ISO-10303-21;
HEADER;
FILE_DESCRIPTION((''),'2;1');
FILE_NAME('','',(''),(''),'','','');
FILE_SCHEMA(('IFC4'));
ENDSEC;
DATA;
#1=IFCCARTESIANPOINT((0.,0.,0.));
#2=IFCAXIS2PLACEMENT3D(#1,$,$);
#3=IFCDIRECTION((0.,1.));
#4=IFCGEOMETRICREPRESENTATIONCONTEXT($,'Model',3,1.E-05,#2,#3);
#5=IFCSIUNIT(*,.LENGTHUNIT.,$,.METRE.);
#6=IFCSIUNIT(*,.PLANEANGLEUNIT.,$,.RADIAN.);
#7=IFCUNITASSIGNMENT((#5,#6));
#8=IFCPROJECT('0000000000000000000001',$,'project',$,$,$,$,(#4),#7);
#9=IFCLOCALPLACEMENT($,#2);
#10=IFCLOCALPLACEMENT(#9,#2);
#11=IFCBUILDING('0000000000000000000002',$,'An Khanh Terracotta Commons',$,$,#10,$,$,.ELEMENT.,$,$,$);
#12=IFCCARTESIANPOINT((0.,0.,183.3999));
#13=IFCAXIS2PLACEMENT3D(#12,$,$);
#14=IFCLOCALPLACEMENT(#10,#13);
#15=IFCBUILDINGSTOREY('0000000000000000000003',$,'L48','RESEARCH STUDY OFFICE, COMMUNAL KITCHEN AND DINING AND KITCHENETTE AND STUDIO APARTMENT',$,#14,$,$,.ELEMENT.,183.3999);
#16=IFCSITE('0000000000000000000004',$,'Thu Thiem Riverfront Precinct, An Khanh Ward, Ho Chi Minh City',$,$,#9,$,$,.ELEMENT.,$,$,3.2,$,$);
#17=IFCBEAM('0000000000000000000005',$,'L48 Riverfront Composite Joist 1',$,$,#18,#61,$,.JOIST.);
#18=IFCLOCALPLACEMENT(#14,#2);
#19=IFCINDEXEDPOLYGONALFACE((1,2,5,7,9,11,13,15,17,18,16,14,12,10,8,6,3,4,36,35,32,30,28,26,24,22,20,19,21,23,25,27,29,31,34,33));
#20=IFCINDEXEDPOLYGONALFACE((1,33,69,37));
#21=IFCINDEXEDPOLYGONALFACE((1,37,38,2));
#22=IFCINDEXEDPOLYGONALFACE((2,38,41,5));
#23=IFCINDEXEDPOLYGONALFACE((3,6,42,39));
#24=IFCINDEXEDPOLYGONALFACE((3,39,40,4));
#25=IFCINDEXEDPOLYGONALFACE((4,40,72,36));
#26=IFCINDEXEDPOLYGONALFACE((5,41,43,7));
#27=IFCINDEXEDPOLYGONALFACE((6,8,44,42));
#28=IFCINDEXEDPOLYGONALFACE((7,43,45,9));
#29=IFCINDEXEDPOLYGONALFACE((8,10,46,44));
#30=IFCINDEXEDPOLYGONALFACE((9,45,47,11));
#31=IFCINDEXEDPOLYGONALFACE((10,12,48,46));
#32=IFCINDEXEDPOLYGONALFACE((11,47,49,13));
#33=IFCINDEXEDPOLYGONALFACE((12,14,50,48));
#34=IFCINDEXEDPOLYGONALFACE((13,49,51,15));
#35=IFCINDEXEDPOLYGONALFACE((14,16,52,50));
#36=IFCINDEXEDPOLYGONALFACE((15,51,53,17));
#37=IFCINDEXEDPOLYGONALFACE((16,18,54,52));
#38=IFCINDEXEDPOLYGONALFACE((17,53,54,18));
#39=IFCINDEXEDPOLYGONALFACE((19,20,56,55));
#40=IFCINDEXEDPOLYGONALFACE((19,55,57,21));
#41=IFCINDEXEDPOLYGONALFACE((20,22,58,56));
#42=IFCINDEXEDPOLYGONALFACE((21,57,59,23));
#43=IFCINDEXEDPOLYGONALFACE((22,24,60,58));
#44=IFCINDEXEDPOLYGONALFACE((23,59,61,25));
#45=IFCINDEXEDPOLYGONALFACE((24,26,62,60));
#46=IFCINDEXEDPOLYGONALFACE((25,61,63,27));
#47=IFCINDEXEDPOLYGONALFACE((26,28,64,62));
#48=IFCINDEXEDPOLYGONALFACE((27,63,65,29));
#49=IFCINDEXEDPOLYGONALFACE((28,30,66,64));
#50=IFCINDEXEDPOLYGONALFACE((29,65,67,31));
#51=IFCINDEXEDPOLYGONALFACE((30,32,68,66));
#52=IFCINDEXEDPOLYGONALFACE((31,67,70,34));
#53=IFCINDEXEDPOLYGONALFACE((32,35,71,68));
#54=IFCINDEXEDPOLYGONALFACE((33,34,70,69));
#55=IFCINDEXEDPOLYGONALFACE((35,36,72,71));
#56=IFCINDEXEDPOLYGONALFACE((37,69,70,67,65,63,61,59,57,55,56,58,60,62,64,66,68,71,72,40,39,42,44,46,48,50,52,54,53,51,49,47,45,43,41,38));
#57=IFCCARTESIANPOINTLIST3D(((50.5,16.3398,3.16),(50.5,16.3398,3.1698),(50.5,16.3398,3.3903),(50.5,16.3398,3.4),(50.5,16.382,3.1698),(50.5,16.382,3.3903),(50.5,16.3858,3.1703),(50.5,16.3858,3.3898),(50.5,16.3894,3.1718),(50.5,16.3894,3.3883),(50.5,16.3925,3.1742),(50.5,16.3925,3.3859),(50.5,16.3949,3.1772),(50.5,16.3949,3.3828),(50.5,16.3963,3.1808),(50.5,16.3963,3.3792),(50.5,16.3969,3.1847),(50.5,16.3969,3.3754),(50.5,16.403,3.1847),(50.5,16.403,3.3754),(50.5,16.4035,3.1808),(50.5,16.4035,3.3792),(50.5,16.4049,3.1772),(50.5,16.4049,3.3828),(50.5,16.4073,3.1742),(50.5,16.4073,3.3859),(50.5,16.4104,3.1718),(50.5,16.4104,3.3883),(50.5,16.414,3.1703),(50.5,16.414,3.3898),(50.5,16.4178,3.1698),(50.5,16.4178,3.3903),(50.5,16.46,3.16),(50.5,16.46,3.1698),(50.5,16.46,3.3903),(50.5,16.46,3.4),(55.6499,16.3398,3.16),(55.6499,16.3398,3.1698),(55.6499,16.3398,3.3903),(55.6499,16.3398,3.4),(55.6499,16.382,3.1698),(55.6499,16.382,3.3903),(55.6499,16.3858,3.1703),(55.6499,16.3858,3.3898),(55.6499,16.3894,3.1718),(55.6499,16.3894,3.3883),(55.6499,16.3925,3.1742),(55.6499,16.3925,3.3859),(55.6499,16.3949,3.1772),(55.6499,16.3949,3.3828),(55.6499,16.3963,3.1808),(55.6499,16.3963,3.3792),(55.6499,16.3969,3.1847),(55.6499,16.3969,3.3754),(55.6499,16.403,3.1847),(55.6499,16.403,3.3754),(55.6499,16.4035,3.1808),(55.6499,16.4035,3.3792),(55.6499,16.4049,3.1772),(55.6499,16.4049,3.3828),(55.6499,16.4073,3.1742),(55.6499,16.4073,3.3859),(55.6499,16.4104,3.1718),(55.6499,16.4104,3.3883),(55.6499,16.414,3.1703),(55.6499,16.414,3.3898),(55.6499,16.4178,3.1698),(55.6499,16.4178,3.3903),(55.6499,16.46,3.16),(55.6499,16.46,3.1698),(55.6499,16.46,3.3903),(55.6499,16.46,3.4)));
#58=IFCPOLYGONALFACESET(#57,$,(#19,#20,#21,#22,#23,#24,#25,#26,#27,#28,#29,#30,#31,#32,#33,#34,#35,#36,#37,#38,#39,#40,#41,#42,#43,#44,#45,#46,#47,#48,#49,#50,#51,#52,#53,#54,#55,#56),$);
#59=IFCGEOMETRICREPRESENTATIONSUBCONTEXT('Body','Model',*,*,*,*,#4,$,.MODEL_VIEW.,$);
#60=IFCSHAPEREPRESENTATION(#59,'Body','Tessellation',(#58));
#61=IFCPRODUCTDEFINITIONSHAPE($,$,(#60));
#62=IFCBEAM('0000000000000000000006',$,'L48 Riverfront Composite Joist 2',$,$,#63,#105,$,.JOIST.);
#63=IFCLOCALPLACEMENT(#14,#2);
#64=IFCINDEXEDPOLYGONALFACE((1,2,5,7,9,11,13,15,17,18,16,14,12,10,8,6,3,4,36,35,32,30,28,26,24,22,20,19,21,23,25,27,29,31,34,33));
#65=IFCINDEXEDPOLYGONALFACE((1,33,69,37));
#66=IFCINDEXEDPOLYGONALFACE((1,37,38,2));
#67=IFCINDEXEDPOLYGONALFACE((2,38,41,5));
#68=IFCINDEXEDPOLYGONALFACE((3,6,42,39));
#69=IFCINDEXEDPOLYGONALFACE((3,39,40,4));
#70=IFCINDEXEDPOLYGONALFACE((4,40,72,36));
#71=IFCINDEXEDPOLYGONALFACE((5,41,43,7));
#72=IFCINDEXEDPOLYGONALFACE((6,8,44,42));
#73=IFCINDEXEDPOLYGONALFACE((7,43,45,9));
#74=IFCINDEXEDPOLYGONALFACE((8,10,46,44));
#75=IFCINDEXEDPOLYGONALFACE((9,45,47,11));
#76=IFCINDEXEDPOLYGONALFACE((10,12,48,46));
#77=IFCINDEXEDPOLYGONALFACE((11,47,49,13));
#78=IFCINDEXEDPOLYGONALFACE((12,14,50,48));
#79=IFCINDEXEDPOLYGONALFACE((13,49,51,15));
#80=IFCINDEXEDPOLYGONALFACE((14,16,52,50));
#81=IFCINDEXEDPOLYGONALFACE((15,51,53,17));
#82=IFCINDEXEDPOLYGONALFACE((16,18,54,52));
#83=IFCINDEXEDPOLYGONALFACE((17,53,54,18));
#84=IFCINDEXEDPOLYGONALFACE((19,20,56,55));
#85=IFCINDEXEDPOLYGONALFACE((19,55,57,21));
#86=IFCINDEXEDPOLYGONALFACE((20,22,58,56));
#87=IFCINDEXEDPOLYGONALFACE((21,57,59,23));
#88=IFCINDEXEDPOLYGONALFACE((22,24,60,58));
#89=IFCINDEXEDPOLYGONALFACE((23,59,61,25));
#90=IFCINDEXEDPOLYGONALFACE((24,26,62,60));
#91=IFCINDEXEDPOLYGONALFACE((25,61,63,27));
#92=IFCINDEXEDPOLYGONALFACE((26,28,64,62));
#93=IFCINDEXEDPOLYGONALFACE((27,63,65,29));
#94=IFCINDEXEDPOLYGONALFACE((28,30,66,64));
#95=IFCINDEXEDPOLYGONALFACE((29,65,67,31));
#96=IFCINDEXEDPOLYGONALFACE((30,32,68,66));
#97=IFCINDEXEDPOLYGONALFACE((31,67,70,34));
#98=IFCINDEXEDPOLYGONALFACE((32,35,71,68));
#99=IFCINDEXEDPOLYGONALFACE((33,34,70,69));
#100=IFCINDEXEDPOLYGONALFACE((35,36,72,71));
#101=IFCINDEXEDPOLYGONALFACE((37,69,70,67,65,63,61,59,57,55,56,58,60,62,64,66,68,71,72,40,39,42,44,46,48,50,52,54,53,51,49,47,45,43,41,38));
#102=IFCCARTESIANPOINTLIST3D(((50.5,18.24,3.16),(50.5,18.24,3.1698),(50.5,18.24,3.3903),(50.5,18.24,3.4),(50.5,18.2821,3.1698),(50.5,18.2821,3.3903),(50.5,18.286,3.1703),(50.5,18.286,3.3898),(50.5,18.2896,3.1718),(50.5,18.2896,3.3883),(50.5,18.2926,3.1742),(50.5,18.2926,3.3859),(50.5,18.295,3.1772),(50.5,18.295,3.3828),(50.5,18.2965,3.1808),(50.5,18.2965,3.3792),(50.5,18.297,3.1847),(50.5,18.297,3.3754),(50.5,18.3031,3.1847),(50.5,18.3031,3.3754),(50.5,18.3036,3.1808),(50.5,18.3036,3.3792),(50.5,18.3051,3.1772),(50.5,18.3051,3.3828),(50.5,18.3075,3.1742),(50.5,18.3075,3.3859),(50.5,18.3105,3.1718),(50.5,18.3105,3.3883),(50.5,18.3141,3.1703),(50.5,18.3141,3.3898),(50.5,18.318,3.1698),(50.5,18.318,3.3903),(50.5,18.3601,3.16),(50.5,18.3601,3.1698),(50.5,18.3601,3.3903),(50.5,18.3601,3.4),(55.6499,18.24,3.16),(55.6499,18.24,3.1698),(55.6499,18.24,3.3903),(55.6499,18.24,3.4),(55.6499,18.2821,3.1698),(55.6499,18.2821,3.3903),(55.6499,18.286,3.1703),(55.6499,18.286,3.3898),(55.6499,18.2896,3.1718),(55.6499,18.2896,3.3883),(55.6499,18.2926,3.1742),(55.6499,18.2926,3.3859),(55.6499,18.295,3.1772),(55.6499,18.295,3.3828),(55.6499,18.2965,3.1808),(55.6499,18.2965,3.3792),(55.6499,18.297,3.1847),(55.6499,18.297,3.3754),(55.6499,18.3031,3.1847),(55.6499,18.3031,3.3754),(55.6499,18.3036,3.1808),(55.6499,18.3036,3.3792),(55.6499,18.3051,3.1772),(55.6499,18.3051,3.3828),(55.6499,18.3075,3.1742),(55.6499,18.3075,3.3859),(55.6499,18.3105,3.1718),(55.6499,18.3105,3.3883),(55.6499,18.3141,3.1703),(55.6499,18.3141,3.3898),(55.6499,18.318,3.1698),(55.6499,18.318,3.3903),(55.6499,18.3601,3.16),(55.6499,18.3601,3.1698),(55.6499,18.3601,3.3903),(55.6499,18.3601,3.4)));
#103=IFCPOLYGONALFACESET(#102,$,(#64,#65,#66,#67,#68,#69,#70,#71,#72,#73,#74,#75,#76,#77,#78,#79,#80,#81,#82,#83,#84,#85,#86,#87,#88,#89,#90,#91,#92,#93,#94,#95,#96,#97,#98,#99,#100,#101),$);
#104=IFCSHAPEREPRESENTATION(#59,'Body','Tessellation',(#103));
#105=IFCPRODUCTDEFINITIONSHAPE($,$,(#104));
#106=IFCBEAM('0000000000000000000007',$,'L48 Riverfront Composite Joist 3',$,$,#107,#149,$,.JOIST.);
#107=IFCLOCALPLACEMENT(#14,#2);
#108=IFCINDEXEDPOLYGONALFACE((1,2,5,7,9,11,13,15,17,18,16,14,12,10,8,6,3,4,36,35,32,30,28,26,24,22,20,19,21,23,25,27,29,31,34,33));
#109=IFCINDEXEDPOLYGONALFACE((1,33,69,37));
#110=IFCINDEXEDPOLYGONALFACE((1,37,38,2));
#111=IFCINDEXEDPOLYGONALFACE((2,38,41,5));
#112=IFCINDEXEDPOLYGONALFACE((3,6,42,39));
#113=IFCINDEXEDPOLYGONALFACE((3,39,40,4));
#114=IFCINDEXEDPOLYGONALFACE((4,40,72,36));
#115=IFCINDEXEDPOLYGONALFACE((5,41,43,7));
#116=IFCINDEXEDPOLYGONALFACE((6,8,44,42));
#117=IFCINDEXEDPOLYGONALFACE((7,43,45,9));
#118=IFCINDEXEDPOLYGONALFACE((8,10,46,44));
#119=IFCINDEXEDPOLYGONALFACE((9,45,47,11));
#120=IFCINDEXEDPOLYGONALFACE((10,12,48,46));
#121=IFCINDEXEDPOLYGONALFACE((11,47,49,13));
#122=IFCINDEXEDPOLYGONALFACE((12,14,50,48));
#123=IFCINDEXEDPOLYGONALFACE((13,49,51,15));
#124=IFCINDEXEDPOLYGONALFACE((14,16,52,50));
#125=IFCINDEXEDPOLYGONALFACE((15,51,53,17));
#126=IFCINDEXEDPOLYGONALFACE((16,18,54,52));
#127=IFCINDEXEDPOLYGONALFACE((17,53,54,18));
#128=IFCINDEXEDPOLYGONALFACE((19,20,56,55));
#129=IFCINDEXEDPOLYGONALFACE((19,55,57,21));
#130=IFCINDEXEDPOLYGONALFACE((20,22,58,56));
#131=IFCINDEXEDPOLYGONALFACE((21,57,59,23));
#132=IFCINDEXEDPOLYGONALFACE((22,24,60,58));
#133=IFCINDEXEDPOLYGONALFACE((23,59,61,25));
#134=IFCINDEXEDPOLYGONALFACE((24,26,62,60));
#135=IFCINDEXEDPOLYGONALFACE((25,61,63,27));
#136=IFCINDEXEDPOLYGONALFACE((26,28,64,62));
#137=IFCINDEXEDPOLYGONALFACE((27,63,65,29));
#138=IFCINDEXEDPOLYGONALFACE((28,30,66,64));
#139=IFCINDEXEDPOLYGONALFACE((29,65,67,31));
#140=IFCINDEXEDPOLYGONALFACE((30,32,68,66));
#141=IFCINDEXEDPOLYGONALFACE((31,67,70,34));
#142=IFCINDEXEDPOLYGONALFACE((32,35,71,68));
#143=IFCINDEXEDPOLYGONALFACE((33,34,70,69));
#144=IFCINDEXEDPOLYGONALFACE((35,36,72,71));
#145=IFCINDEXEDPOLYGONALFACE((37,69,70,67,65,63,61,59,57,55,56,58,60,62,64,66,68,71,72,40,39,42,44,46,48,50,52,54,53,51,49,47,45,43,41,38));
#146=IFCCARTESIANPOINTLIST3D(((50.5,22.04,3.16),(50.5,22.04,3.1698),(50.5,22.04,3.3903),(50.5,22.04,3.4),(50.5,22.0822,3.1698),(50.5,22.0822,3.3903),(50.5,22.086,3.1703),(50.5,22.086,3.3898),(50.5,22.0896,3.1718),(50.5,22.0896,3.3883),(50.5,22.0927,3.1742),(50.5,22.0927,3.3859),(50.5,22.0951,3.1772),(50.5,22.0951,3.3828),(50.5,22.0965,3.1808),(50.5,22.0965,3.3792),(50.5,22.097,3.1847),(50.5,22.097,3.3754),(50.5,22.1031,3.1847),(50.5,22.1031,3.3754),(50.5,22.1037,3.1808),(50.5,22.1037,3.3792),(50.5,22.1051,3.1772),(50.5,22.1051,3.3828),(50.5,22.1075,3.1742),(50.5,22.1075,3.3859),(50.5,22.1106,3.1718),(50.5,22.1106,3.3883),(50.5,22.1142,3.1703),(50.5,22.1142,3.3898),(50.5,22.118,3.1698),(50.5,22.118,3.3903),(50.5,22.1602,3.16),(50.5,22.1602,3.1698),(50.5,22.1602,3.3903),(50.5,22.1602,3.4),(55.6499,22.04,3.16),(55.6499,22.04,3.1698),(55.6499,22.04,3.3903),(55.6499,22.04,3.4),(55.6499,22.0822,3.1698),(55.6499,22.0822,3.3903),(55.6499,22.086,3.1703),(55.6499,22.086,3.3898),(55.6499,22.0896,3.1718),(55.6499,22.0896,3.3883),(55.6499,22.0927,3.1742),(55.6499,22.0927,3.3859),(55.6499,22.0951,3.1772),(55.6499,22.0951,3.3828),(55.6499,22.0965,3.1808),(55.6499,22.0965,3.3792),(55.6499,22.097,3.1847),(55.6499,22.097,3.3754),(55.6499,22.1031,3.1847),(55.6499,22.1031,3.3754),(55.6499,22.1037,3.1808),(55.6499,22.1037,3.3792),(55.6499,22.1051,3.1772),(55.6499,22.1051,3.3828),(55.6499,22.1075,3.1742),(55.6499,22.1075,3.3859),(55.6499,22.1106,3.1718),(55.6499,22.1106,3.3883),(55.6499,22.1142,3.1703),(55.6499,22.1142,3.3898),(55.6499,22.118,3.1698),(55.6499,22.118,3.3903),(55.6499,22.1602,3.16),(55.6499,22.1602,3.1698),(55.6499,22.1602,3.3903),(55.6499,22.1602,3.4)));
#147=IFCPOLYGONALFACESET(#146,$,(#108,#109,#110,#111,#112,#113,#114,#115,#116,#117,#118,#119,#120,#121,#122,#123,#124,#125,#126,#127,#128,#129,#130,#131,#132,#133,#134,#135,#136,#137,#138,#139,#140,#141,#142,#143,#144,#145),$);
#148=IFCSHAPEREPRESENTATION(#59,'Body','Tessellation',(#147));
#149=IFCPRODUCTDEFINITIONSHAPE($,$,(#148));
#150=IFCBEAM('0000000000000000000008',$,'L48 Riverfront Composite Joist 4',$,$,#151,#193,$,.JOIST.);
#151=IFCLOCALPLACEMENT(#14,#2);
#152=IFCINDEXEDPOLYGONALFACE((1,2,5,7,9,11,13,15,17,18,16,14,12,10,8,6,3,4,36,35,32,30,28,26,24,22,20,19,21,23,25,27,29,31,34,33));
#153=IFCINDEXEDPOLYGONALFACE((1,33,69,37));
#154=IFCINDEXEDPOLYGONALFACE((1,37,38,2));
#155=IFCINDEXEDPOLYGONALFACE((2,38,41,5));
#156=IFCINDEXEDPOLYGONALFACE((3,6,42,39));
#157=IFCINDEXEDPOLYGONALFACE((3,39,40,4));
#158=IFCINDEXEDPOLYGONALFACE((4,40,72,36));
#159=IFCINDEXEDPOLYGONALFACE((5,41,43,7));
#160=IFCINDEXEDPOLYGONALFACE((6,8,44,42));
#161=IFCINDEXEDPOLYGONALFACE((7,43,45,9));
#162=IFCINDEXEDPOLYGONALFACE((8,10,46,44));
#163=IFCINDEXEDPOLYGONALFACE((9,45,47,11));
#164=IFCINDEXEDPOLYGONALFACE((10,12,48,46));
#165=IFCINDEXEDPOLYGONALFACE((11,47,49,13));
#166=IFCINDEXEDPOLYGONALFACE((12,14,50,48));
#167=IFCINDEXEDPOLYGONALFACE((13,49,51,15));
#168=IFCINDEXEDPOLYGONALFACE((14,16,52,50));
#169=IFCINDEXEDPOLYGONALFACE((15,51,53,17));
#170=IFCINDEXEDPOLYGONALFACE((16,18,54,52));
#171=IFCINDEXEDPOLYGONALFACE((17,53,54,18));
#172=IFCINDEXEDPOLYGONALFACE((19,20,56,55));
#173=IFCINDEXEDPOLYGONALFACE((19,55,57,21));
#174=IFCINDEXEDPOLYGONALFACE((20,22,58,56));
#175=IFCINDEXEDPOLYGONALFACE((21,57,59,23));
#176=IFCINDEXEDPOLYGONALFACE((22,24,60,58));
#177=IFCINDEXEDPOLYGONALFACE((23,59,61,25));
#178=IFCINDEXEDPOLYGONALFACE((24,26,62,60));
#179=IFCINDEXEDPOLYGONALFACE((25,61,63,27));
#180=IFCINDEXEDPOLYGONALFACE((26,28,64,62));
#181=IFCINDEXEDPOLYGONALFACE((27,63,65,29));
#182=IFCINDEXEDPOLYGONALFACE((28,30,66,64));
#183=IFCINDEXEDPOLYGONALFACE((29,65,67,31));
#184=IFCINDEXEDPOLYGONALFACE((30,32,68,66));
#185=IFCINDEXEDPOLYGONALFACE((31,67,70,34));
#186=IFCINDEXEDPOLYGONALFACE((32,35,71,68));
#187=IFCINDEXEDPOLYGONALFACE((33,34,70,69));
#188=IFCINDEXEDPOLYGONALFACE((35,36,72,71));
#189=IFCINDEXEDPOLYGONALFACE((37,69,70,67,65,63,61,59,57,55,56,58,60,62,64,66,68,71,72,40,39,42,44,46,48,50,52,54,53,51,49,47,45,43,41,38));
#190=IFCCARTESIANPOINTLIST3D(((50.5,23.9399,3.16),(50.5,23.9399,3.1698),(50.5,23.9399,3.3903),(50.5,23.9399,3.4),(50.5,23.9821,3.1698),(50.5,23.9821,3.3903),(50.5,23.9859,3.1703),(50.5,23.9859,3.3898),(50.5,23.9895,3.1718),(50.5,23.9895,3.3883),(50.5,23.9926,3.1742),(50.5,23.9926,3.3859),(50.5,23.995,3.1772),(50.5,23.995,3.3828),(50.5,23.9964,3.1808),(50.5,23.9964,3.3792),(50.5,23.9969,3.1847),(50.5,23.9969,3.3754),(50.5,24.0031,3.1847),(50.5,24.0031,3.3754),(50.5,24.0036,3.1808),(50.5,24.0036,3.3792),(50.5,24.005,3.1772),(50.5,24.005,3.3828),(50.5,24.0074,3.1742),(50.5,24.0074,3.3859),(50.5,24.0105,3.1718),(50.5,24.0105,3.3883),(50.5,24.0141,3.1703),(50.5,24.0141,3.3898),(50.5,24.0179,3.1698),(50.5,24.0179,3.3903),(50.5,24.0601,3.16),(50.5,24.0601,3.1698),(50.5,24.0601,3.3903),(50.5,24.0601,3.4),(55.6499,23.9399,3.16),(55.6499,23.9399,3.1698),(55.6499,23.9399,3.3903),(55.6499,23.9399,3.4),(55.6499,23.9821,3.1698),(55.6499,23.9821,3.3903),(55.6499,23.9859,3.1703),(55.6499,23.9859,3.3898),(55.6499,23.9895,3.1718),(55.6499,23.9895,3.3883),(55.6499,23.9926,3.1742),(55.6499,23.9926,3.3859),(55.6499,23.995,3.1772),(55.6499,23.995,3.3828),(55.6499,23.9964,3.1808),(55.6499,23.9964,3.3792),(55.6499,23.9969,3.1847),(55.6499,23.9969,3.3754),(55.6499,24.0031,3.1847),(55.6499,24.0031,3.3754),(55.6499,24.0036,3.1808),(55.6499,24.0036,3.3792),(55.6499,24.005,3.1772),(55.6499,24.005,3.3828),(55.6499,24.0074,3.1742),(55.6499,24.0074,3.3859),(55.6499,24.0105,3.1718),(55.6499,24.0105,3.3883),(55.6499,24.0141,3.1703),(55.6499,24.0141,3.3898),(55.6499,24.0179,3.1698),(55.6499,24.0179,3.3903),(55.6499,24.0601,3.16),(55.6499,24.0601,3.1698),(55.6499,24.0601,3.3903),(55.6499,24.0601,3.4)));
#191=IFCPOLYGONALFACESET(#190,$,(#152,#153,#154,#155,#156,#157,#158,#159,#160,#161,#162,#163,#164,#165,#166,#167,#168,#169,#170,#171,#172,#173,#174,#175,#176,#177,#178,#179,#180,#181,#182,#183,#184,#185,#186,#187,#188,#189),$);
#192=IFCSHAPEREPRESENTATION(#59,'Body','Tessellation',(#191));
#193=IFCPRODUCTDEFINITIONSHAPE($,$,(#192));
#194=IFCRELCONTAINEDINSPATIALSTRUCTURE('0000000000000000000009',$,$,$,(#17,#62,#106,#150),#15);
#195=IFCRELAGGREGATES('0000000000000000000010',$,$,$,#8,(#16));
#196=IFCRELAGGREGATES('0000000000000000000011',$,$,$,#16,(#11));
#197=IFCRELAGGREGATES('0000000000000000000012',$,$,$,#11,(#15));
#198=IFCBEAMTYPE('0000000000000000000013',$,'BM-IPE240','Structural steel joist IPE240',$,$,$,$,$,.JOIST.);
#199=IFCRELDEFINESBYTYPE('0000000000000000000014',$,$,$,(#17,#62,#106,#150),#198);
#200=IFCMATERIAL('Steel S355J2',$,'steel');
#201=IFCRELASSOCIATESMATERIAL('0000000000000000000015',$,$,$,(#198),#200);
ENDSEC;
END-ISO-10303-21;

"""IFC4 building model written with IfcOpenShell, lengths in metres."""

from ifc_helpers import new_model, si_unit, direction, frame, origin, origin_2d, place, context, subcontext, project, spatial, i_section, extrude, material, material_profile, profile_set, type_object, element, save


model = new_model("IFC4")

# Units and contexts
model_context = context("Model", 3, precision=1e-05, world=origin(), true_north=direction((0.0, 1.0)))
body_context = subcontext(model_context, "Body", "Model", "MODEL_VIEW")
ifc_project = project(units=[si_unit("LENGTHUNIT", "METRE"), si_unit("PLANEANGLEUNIT", "RADIAN")], contexts=[model_context])

# Site, building, storey
site_placement = place(None, origin())
site = spatial("IfcSite", under=ifc_project, at=site_placement, Name="Thu Thiem Riverfront Precinct, An Khanh Ward, Ho Chi Minh City", CompositionType="ELEMENT", RefElevation=3.2)
building_placement = place(site_placement, origin())
building = spatial("IfcBuilding", under=site, at=building_placement, Name="An Khanh Terracotta Commons", CompositionType="ELEMENT")
storey_placement = place(building_placement, frame((0.0, 0.0, 183.3999)))
storey = spatial("IfcBuildingStorey", under=building, at=storey_placement, Name="L48", Description="RESEARCH STUDY OFFICE, COMMUNAL KITCHEN AND DINING AND KITCHENETTE AND STUDIO APARTMENT", CompositionType="ELEMENT", Elevation=183.3999)

# Beams
ifc_material_1 = material(Name="Steel S355J2", Category="steel")
ifc_material_profile_1 = material_profile(ifc_material_1, i_section(OverallWidth=0.1201, OverallDepth=0.24, WebThickness=0.0061, FlangeThickness=0.0098, FilletRadius=0.0149, at=origin_2d()), Name="IPE240")
ifc_profile_set_1 = profile_set([ifc_material_profile_1], Name="Steel S355J2")
beam_type = type_object("IfcBeamType", Name="BM-IPE240", Description="Structural steel joist IPE240", PredefinedType="JOIST", material=ifc_profile_set_1)
for number, where, z_axis, x_axis, name in (
    (1, (50.5, 16.3999, 3.28), (1.0, 0.0, 0.0), (0.0, 1.0, 0.0), "L48 Riverfront Composite Joist 1"),
    (2, (50.5, 18.3, 3.28), (1.0, 0.0, 0.0), (0.0, 1.0, 0.0), "L48 Riverfront Composite Joist 2"),
    (3, (50.5, 22.1001, 3.28), (1.0, 0.0, 0.0), (0.0, 1.0, 0.0), "L48 Riverfront Composite Joist 3"),
    (4, (50.5, 24.0, 3.28), (1.0, 0.0, 0.0), (0.0, 1.0, 0.0), "L48 Riverfront Composite Joist 4"),
):
    element("IfcBeam", number, at=place(storey_placement, frame(where, z_axis=z_axis, x_axis=x_axis)), inside=storey, type_object=beam_type, Name=name, PredefinedType="JOIST", context=body_context, shape_type="SweptSolid", body=[
        extrude(i_section(OverallWidth=0.1201, OverallDepth=0.24, WebThickness=0.0061, FlangeThickness=0.0098, FilletRadius=0.0149, at=origin_2d()), origin(), (0.0, 0.0, 1.0), 5.1499),
    ])

save(model, "model.ifc")
